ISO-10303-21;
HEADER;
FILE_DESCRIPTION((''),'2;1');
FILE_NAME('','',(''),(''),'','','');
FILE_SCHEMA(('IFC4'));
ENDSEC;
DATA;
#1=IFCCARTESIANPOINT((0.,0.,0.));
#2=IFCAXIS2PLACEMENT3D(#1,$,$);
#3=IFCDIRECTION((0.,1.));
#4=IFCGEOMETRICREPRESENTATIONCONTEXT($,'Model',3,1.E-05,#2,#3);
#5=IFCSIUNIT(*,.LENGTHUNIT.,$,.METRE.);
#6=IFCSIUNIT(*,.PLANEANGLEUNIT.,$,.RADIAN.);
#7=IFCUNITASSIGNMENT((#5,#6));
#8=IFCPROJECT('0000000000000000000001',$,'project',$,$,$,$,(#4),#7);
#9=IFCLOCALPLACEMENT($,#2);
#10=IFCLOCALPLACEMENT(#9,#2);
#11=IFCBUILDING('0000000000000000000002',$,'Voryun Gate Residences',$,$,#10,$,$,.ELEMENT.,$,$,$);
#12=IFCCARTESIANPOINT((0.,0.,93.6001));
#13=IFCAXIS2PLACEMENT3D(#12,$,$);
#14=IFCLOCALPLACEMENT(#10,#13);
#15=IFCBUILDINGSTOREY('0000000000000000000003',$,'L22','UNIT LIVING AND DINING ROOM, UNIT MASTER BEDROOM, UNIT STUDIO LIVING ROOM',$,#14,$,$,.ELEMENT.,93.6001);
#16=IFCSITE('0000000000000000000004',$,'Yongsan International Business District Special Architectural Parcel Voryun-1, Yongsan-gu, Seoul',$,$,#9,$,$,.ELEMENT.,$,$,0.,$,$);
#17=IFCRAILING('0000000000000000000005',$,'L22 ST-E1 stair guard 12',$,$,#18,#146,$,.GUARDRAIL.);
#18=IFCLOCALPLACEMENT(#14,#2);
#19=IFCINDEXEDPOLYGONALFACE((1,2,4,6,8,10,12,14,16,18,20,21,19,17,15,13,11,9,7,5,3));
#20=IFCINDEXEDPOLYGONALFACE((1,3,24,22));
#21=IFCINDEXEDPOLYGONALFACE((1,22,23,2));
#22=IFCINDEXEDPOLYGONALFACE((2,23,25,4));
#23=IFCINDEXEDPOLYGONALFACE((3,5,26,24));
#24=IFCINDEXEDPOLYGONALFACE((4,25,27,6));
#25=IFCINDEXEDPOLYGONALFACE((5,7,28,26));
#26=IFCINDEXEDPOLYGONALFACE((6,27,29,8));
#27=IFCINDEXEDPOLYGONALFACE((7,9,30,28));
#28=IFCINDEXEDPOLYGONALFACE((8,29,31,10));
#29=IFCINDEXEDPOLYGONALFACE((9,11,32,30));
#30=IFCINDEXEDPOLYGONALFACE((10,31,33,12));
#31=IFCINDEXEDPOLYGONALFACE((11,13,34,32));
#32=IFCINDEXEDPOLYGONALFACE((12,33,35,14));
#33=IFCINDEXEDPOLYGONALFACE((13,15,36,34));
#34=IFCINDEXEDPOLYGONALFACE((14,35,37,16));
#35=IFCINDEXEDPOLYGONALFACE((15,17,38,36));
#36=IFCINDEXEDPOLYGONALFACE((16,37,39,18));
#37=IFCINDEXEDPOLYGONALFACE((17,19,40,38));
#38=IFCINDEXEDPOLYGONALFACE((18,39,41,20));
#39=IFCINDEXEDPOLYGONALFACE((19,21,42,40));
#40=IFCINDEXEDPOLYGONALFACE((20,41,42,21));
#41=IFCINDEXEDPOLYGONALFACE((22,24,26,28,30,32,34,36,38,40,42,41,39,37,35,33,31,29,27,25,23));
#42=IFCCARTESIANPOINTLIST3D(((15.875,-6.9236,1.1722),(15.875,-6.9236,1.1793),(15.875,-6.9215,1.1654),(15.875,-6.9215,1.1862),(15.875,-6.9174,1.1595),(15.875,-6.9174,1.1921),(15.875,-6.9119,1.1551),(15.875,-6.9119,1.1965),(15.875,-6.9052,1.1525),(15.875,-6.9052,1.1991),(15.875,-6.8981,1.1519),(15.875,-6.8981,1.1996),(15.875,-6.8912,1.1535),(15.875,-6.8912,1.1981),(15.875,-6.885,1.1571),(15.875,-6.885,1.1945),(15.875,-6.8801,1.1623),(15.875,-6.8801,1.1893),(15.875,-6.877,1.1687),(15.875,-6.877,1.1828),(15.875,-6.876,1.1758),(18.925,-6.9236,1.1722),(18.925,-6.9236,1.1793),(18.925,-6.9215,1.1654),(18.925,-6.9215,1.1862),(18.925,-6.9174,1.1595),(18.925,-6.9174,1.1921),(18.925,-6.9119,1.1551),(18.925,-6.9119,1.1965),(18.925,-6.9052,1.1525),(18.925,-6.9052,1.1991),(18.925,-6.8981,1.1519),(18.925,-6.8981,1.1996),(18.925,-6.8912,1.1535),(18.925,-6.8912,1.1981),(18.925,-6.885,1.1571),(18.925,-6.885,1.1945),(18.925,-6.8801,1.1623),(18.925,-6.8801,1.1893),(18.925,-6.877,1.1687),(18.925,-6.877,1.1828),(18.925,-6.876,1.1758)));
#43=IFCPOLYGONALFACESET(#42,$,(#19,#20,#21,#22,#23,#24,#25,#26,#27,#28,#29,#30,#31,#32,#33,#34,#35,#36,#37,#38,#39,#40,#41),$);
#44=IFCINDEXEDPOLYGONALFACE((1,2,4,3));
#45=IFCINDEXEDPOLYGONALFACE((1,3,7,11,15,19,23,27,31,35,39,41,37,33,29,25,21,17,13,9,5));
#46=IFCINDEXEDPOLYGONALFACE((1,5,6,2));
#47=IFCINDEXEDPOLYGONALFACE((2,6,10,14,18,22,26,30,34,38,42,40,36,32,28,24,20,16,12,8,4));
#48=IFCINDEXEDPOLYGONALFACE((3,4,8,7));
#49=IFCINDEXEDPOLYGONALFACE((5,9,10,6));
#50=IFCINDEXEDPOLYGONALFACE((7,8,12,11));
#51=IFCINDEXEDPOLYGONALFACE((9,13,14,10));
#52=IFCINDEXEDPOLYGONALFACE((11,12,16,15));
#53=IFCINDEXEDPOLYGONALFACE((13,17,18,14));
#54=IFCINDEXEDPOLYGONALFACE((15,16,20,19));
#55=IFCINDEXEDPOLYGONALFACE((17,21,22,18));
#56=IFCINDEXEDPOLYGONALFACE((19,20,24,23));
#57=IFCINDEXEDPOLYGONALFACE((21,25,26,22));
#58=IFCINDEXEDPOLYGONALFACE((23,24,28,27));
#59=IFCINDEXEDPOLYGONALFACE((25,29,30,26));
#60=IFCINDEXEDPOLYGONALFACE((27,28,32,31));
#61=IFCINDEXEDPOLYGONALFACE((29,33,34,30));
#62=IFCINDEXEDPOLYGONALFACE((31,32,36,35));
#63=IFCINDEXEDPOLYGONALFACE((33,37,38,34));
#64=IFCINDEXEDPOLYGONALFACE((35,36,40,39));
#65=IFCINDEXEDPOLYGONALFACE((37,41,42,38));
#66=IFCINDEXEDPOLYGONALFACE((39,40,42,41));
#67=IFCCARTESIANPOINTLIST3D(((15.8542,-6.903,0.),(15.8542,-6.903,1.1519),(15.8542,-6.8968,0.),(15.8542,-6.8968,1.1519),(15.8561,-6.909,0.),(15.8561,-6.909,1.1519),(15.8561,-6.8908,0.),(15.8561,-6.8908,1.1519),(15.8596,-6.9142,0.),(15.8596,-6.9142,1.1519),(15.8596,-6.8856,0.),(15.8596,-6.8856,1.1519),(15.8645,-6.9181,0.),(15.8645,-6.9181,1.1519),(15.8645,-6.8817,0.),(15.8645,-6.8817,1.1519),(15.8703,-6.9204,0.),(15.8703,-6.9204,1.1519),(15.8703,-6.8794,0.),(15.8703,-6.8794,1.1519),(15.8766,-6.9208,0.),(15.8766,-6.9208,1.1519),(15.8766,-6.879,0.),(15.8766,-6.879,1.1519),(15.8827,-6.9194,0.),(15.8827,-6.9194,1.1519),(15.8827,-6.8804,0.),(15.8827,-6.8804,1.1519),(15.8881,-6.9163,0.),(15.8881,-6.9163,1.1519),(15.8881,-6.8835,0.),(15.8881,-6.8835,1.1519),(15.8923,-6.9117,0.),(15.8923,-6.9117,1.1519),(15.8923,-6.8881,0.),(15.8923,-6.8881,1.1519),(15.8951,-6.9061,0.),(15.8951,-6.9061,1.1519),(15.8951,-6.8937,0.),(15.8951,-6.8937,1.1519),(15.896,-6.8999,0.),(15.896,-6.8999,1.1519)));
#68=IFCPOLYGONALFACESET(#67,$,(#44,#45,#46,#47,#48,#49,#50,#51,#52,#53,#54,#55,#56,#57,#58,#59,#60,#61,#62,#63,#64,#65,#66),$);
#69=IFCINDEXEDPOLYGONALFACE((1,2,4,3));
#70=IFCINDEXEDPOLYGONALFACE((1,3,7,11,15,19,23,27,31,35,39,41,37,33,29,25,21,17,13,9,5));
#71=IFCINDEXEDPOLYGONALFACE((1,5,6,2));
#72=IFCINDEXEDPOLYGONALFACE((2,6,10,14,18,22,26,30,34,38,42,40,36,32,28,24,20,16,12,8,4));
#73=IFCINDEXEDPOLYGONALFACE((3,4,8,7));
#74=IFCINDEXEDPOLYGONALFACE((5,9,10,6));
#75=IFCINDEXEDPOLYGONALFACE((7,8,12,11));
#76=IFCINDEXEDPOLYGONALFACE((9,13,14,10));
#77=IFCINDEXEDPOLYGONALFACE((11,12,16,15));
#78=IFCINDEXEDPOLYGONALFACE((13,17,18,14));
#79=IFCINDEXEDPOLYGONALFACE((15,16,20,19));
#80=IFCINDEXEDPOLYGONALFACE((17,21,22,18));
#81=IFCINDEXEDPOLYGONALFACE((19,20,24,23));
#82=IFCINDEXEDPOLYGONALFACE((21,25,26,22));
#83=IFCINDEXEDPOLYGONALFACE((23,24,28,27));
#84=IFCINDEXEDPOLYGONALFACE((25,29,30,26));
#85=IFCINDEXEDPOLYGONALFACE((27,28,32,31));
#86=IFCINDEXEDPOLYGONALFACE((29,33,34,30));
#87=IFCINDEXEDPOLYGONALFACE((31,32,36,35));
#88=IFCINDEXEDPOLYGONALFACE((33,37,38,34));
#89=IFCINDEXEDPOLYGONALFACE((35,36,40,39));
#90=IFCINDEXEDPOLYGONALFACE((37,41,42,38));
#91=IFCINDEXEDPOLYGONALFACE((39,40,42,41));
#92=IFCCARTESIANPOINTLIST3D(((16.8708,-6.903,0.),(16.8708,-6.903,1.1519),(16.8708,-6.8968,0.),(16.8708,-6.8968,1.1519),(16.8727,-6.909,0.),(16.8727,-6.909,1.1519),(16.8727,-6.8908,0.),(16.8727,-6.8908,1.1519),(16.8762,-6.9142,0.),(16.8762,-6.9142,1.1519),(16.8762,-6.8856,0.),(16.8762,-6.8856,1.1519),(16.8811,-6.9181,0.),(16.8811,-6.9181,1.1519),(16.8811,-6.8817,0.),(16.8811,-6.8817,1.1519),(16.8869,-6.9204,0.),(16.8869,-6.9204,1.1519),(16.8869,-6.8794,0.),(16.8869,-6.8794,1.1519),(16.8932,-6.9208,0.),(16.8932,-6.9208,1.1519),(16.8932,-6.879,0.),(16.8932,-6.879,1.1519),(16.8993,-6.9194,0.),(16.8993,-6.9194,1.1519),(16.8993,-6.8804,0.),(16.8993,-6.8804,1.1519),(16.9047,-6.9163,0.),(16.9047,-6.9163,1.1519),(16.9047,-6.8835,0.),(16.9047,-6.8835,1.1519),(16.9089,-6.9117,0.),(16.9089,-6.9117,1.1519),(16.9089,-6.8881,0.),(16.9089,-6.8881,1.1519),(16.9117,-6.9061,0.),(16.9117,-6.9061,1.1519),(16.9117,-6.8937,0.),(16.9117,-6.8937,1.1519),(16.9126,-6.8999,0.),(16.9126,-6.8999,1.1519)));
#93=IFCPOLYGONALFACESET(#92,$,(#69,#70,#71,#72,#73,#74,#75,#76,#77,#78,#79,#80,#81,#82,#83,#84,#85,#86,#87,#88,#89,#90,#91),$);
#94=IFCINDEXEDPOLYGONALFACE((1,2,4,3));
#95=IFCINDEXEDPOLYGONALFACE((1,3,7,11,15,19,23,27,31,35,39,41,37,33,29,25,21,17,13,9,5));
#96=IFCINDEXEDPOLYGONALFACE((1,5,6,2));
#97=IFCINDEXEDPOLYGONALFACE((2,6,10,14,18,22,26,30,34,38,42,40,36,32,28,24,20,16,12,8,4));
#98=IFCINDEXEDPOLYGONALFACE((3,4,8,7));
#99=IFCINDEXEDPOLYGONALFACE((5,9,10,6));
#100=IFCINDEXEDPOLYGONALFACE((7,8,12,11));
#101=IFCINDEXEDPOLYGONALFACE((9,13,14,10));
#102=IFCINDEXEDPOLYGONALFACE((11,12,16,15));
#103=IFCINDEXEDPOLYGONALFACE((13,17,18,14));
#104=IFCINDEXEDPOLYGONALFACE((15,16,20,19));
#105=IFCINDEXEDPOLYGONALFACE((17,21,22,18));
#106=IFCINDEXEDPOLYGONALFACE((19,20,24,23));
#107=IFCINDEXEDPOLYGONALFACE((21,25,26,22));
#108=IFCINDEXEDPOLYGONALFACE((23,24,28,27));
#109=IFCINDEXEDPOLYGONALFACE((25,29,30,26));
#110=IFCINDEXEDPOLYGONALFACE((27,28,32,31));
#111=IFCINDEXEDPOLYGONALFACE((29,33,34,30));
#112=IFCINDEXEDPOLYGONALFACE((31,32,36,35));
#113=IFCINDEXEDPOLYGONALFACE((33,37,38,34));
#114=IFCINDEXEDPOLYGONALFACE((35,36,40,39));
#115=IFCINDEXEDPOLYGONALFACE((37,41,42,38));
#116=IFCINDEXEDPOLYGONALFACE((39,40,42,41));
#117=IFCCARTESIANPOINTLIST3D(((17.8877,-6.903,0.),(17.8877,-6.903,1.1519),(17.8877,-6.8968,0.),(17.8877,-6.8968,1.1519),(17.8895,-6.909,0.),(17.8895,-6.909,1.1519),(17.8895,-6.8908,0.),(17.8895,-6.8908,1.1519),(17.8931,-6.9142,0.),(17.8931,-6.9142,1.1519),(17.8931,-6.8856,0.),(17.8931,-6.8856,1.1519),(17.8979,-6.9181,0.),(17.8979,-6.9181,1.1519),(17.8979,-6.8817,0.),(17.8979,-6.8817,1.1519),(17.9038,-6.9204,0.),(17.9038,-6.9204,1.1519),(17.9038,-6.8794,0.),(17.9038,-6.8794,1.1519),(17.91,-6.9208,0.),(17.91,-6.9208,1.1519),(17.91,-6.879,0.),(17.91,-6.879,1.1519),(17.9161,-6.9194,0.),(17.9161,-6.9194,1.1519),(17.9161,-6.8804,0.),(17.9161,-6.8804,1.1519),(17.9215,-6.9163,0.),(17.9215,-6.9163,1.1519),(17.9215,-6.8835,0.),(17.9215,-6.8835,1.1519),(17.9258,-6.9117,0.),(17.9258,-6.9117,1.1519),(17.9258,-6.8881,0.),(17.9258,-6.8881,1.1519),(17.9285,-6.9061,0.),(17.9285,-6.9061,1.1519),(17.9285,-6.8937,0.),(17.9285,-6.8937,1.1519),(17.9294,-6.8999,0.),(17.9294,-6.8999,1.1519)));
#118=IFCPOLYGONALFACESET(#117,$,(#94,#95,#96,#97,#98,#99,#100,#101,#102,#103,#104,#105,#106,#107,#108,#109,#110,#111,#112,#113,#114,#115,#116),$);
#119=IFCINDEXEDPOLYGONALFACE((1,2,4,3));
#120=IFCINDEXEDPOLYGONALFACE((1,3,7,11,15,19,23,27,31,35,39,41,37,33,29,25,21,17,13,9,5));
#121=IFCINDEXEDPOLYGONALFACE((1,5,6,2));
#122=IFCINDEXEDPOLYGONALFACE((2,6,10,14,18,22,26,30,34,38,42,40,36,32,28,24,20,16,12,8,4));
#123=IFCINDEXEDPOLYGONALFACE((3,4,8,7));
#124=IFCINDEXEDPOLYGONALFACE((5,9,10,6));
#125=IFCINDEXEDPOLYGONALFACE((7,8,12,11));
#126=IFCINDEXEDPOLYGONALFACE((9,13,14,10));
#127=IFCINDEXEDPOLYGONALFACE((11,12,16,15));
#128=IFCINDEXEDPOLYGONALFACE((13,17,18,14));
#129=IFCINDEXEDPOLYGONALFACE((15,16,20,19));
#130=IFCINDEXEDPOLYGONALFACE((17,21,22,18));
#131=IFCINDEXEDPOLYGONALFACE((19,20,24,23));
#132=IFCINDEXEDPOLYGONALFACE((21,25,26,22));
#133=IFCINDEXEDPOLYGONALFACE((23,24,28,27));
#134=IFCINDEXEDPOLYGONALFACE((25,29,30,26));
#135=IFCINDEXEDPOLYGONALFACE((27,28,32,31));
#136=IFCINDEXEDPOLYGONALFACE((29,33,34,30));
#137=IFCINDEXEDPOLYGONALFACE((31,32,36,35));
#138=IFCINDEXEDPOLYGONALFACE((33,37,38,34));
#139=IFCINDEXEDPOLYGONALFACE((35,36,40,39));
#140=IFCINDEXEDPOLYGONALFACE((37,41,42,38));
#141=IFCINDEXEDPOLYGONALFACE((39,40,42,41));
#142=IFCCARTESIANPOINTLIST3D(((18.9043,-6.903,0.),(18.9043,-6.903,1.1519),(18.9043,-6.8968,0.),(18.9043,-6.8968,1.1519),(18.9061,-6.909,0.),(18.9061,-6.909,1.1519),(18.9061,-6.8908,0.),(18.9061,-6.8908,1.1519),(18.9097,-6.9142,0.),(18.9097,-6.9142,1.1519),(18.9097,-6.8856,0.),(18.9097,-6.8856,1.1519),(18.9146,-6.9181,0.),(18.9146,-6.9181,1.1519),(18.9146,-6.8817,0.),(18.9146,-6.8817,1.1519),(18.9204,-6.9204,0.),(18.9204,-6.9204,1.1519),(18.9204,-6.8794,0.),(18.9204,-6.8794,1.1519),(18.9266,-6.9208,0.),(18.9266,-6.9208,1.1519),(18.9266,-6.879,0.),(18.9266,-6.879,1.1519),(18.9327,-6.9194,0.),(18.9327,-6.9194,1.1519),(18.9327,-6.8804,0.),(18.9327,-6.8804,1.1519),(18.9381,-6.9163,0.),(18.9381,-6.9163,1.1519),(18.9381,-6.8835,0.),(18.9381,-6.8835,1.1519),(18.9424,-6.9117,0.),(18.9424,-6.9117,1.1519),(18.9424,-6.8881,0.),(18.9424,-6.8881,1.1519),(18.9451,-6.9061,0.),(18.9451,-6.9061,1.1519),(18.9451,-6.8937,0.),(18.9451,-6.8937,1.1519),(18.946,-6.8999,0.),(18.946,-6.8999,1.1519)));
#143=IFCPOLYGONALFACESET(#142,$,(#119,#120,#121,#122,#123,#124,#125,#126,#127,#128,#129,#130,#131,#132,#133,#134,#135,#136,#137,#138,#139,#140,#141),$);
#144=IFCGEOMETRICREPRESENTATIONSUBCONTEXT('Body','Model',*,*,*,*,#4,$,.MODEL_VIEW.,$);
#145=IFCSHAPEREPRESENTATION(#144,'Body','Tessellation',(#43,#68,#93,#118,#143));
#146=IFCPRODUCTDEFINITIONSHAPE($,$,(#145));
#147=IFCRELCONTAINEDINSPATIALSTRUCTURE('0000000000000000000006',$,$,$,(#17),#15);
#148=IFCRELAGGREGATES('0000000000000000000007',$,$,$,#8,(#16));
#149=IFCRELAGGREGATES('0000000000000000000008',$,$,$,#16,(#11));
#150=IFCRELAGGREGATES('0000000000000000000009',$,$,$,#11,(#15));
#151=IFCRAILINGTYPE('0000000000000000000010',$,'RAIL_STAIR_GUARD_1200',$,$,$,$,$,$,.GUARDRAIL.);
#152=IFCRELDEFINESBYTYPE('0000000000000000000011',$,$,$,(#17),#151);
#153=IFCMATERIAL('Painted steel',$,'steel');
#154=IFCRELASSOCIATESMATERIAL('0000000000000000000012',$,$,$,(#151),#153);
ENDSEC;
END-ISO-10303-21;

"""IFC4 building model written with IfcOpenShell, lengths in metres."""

from ifc_helpers import new_model, si_unit, direction, frame, origin, origin_2d, place, context, subcontext, project, spatial, circle, extrude, material, type_object, element, save


model = new_model("IFC4")

# Units and contexts
model_context = context("Model", 3, precision=1e-05, world=origin(), true_north=direction((0.0, 1.0)))
body_context = subcontext(model_context, "Body", "Model", "MODEL_VIEW")
ifc_project = project(units=[si_unit("LENGTHUNIT", "METRE"), si_unit("PLANEANGLEUNIT", "RADIAN")], contexts=[model_context])

# Site, building, storey
site_placement = place(None, origin())
site = spatial("IfcSite", under=ifc_project, at=site_placement, Name="Yongsan International Business District Special Architectural Parcel Voryun-1, Yongsan-gu, Seoul", CompositionType="ELEMENT", RefElevation=0.0)
building_placement = place(site_placement, origin())
building = spatial("IfcBuilding", under=site, at=building_placement, Name="Voryun Gate Residences", CompositionType="ELEMENT")
storey_placement = place(building_placement, frame((0.0, 0.0, 93.6001)))
storey = spatial("IfcBuildingStorey", under=building, at=storey_placement, Name="L22", Description="UNIT LIVING AND DINING ROOM, UNIT MASTER BEDROOM, UNIT STUDIO LIVING ROOM", CompositionType="ELEMENT", Elevation=93.6001)

# Railing
ifc_material_1 = material(Name="Painted steel", Category="steel")
railing_type_1 = type_object("IfcRailingType", Name="RAIL_STAIR_GUARD_1200", PredefinedType="GUARDRAIL", material=ifc_material_1)
railing_1_placement = place(storey_placement, frame((15.875, -6.8999, 0.0)))
element("IfcRailing", 1, at=railing_1_placement, inside=storey, type_object=railing_type_1, Name="L22 ST-E1 stair guard 12", PredefinedType="GUARDRAIL", context=body_context, shape_type="SweptSolid", body=[
    extrude(circle(Radius=0.0239, at=origin_2d()), frame((0.0, 0.0, 1.1758), z_axis=(1.0, 0.0, 0.0), x_axis=(0.0, 1.0, 0.0)), (0.0, 0.0, 1.0), 3.05),
    extrude(circle(Radius=0.021, at=origin_2d()), origin(), (0.0, 0.0, 1.0), 1.1519),
    extrude(circle(Radius=0.021, at=origin_2d()), frame((1.0166, 0.0, 0.0)), (0.0, 0.0, 1.0), 1.1519),
    extrude(circle(Radius=0.021, at=origin_2d()), frame((2.0334, 0.0, 0.0)), (0.0, 0.0, 1.0), 1.1519),
    extrude(circle(Radius=0.021, at=origin_2d()), frame((3.05, 0.0, 0.0)), (0.0, 0.0, 1.0), 1.1519),
])

save(model, "model.ifc")
